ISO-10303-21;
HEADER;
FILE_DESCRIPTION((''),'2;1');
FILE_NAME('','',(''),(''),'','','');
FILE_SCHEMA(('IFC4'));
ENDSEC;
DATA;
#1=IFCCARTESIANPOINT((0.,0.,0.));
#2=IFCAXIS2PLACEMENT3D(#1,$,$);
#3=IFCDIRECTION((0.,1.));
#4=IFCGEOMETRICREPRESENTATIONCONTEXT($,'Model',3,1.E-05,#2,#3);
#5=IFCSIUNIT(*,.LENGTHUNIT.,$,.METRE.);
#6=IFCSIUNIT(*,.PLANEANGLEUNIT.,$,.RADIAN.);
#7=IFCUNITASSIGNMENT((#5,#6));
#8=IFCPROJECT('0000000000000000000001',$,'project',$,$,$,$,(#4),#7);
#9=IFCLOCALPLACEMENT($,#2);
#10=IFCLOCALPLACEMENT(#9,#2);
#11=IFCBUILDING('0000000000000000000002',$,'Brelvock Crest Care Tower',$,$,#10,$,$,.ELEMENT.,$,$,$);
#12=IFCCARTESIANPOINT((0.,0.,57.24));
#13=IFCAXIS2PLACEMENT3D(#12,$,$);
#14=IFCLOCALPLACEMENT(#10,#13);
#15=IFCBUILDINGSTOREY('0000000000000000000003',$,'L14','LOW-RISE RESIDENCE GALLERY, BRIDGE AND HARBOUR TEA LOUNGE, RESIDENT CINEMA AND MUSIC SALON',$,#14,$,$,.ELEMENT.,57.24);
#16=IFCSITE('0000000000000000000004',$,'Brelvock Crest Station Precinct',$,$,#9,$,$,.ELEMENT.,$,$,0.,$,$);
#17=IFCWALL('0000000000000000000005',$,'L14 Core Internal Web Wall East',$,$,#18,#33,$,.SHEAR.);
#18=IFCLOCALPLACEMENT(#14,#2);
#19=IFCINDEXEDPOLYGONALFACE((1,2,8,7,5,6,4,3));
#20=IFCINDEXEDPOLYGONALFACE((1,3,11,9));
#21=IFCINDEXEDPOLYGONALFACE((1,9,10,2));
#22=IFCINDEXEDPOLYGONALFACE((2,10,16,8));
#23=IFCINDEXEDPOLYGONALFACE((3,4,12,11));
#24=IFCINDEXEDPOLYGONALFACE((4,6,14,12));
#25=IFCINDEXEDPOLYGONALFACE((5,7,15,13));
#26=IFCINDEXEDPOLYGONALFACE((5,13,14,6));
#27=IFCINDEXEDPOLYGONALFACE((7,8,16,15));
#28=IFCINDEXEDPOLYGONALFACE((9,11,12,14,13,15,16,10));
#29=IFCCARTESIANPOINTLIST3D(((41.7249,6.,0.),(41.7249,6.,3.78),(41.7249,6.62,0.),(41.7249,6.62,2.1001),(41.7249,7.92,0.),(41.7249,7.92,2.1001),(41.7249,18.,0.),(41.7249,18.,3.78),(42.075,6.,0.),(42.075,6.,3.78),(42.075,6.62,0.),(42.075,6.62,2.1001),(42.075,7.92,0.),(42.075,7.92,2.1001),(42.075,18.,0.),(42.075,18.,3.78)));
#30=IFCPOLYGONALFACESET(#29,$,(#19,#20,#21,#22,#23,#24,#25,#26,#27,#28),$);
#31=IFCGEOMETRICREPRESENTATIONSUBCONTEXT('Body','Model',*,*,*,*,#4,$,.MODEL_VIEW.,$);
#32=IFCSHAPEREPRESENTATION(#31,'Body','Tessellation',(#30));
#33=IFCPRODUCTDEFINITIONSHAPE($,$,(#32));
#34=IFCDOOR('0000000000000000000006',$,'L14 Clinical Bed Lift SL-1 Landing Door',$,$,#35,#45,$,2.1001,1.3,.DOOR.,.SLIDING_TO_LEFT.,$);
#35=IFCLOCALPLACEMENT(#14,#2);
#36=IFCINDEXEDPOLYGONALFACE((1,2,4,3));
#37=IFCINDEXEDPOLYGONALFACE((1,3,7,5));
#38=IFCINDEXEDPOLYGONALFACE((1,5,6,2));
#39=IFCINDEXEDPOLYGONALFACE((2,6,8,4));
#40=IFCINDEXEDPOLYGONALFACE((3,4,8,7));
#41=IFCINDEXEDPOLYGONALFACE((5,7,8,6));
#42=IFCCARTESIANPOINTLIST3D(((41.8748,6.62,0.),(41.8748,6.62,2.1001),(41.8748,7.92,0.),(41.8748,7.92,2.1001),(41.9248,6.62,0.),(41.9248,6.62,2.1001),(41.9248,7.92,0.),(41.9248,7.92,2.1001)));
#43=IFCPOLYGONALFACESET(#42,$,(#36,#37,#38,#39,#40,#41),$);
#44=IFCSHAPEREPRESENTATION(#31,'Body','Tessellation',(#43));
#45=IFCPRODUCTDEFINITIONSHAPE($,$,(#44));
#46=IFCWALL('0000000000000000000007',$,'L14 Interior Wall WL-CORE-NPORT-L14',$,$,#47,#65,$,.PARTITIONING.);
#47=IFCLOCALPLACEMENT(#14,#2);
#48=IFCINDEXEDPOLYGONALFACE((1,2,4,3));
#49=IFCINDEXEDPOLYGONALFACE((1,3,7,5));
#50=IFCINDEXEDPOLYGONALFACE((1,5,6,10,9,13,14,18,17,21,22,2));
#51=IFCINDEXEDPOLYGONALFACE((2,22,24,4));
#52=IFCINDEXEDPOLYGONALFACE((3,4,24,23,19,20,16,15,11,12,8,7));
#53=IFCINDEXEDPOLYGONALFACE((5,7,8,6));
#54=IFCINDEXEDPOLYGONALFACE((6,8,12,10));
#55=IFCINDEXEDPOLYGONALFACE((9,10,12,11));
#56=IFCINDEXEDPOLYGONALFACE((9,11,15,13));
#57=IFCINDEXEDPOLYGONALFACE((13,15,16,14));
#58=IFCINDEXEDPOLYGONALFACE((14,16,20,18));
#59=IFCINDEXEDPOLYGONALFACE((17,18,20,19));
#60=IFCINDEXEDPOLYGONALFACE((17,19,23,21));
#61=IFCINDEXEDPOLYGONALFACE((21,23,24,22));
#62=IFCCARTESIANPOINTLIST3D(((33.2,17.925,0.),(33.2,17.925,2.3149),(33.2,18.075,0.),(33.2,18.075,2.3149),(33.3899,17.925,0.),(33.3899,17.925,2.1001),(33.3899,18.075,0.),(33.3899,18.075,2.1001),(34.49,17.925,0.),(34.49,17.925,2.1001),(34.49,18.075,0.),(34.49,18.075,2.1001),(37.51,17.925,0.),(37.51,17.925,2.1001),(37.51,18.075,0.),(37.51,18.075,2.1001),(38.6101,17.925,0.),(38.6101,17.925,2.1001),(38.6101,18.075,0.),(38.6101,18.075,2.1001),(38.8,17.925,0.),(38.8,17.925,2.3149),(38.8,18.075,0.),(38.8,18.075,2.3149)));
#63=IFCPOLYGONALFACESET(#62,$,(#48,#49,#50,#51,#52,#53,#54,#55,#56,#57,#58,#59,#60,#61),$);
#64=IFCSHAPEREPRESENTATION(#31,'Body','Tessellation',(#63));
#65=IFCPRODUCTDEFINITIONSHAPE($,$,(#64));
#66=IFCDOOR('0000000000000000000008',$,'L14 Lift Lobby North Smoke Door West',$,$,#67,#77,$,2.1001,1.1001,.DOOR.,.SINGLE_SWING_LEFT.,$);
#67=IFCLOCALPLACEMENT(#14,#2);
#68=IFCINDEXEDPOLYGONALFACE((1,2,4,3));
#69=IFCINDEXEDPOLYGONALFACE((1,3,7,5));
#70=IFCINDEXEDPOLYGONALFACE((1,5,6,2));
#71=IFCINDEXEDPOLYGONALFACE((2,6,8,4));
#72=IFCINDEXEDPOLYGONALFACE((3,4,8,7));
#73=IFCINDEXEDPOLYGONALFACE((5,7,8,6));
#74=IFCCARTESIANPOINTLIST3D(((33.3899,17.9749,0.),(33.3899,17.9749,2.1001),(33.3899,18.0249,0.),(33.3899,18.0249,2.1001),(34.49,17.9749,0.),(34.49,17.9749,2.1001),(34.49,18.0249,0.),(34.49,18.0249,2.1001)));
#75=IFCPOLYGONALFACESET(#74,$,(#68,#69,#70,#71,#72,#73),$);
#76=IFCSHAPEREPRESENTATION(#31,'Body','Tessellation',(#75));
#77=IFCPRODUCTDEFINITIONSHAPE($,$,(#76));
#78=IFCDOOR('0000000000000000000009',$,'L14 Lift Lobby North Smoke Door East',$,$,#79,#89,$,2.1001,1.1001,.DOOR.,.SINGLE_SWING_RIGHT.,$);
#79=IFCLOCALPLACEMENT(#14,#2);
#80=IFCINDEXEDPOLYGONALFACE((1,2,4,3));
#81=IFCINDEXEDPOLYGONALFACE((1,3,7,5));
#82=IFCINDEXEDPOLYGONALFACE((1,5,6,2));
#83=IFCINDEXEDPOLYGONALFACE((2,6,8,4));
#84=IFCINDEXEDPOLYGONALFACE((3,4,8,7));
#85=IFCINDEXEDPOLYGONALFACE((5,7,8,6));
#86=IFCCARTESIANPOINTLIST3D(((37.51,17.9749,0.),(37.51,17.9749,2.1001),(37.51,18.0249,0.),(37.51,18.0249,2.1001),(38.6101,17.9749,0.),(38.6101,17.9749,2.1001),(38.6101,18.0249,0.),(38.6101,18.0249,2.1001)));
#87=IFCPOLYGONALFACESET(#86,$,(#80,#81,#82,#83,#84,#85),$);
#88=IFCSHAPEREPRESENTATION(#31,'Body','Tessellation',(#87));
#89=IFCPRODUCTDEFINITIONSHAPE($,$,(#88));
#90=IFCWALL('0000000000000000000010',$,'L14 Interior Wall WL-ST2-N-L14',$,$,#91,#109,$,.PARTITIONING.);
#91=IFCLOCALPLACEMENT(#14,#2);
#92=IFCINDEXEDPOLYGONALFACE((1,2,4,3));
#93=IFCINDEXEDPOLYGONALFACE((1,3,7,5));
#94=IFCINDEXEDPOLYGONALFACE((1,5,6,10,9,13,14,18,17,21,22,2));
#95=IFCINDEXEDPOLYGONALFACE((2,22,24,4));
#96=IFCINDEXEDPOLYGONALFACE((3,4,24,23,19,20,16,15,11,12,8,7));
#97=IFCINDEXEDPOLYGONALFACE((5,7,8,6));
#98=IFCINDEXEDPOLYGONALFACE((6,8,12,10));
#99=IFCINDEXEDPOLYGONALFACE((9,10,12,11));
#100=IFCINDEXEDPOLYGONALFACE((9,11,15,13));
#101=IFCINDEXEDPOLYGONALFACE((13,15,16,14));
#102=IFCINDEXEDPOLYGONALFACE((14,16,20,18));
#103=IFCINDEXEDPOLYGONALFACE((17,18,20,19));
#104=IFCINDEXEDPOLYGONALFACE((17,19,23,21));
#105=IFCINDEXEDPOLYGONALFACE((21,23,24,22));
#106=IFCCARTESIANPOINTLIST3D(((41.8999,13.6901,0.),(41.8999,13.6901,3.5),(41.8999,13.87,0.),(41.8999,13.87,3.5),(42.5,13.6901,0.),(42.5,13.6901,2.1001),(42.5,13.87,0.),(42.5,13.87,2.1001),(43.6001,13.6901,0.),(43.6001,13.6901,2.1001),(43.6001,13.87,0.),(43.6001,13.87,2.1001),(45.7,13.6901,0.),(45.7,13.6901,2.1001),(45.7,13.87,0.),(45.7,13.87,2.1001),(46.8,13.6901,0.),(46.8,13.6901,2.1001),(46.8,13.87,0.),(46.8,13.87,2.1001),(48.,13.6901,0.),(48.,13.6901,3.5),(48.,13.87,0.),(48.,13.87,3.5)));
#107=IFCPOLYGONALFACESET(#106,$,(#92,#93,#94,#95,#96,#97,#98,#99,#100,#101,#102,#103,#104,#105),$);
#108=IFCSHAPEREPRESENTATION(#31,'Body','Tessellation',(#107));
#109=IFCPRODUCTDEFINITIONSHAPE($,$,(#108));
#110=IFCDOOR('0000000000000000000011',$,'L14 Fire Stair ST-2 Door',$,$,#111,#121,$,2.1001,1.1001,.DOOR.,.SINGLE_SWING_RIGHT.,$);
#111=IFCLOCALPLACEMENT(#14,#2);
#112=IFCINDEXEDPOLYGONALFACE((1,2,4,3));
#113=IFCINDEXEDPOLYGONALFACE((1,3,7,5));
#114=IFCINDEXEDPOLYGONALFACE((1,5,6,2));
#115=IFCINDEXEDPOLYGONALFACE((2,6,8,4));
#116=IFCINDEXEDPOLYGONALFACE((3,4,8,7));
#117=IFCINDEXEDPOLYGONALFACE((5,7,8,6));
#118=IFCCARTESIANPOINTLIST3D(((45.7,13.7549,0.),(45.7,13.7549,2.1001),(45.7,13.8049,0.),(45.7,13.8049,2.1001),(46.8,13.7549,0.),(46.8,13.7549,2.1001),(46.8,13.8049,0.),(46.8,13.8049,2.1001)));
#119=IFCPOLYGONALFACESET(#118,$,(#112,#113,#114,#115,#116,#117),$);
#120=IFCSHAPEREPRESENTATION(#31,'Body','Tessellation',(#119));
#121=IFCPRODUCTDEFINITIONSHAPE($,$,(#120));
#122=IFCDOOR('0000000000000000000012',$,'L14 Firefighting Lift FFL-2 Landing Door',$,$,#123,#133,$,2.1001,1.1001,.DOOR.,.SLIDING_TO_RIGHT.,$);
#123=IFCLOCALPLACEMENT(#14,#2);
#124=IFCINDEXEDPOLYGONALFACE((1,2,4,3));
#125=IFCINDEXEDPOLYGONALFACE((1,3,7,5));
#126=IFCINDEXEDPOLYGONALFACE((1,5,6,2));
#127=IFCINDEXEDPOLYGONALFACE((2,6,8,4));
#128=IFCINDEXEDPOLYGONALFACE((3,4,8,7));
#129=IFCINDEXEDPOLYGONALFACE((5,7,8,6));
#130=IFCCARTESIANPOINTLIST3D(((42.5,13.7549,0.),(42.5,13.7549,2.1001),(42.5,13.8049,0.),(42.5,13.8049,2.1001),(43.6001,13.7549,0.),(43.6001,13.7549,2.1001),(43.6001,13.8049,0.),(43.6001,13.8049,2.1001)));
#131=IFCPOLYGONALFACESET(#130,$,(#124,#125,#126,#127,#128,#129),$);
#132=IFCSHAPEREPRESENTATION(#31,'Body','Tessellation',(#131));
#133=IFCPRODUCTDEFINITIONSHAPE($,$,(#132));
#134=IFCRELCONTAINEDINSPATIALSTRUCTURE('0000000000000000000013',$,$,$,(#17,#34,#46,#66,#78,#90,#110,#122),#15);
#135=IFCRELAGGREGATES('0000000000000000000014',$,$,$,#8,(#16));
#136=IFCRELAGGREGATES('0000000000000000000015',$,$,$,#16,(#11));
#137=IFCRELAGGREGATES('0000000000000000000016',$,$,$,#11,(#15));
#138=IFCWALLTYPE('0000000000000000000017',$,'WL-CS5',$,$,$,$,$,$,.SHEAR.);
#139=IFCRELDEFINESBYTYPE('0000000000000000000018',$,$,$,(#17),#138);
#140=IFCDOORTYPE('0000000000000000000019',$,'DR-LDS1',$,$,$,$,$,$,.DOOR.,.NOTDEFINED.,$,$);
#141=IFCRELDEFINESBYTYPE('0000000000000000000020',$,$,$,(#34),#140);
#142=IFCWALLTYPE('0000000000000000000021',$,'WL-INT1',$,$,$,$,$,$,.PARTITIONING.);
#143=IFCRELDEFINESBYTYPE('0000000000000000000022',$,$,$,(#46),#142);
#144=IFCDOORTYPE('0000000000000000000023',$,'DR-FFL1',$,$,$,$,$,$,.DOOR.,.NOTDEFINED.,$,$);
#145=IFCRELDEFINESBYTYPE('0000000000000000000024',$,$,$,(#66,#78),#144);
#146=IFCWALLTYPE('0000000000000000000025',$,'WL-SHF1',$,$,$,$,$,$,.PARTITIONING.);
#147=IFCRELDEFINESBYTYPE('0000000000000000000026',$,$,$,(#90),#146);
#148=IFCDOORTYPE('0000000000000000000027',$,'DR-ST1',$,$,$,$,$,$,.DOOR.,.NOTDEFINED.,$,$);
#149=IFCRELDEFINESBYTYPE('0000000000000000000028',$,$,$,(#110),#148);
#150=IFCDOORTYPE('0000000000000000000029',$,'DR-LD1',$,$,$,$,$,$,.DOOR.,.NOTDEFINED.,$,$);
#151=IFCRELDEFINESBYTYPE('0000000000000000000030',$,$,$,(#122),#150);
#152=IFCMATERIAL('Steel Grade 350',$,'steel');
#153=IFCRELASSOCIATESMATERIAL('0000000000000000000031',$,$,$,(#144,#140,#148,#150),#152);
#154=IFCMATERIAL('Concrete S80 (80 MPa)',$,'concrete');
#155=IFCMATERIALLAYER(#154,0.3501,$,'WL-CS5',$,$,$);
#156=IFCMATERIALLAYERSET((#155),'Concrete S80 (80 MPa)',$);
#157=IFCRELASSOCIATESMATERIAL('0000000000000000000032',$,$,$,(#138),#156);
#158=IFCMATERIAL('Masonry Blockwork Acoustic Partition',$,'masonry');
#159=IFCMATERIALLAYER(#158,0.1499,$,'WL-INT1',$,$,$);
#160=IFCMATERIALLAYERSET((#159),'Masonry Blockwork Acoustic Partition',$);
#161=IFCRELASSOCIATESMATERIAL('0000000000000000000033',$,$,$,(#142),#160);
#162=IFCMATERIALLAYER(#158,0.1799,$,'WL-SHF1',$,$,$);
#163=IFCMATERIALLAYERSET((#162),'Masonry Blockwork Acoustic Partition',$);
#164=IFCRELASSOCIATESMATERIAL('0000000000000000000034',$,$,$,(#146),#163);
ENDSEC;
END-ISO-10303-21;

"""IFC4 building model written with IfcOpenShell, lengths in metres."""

from ifc_helpers import new_model, si_unit, direction, frame, frame_2d, origin, origin_2d, place, context, subcontext, project, spatial, rectangle, extrude, source, transform, mapped, material, layer, layer_set, type_object, element, fill, save


model = new_model("IFC4")

# Units and contexts
model_context = context("Model", 3, precision=1e-05, world=origin(), true_north=direction((0.0, 1.0)))
body_context = subcontext(model_context, "Body", "Model", "MODEL_VIEW")
ifc_project = project(units=[si_unit("LENGTHUNIT", "METRE"), si_unit("PLANEANGLEUNIT", "RADIAN")], contexts=[model_context])

# Site, building, storey
site_placement = place(None, origin())
site = spatial("IfcSite", under=ifc_project, at=site_placement, Name="Brelvock Crest Station Precinct", CompositionType="ELEMENT", RefElevation=0.0)
building_placement = place(site_placement, origin())
building = spatial("IfcBuilding", under=site, at=building_placement, Name="Brelvock Crest Care Tower", CompositionType="ELEMENT")
storey_placement = place(building_placement, frame((0.0, 0.0, 57.24)))
storey = spatial("IfcBuildingStorey", under=building, at=storey_placement, Name="L14", Description="LOW-RISE RESIDENCE GALLERY, BRIDGE AND HARBOUR TEA LOUNGE, RESIDENT CINEMA AND MUSIC SALON", CompositionType="ELEMENT", Elevation=57.24)

# Shared definitions
ifc_material_1 = material(Name="Concrete S80 (80 MPa)", Category="concrete")
ifc_material_2 = material(Name="Steel Grade 350", Category="steel")

# Wall, opening, door
door_type_1 = type_object("IfcDoorType", Name="DR-FFL1", OperationType="NOTDEFINED", PredefinedType="DOOR", material=ifc_material_2)
shared_shape_1 = source(origin(), body_context, "Body", "SweptSolid", [
    extrude(rectangle(XDim=1.1001, YDim=2.1001, at=origin_2d()), frame((0.55, 0.0249, 1.05), z_axis=(0.0, -1.0, 0.0), x_axis=(1.0, 0.0, 0.0)), (0.0, 0.0, 1.0), 0.05),
])
ifc_layer_1 = layer(ifc_material_1, 0.3501, Name="WL-CS5")
ifc_layer_set_1 = layer_set([ifc_layer_1], Name="Concrete S80 (80 MPa)")
wall_type_1 = type_object("IfcWallType", Name="WL-CS5", PredefinedType="SHEAR", material=ifc_layer_set_1)
wall_1_placement = place(storey_placement, frame((41.8999, 18.0, 0.0), z_axis=(0.0, 0.0, 1.0), x_axis=(0.0, -1.0, 0.0)))
wall_1 = element("IfcWall", 1, at=wall_1_placement, inside=storey, type_object=wall_type_1, Name="L14 Core Internal Web Wall East", PredefinedType="SHEAR", context=body_context, shape_type="SweptSolid", body=[
    extrude(rectangle(XDim=12.0, YDim=0.3501, at=frame_2d((6.0, 0.0))), origin(), (0.0, 0.0, 1.0), 3.78),
])
opening_1_placement = place(wall_1_placement, frame((10.0801, 0.0, 0.0)))
opening_1 = element("IfcOpeningElement", 2, at=opening_1_placement, cuts=wall_1, PredefinedType="OPENING", context=body_context, shape_type="SweptSolid", body=[
    extrude(rectangle(XDim=1.3, YDim=2.1001, at=origin_2d()), frame((0.6499, 0.1851, 1.05), z_axis=(0.0, -1.0, 0.0), x_axis=(1.0, 0.0, 0.0)), (0.0, 0.0, 1.0), 0.3701),
])
door_type_2 = type_object("IfcDoorType", Name="DR-LDS1", OperationType="NOTDEFINED", PredefinedType="DOOR", material=ifc_material_2)
shared_shape_2 = source(origin(), body_context, "Body", "SweptSolid", [
    extrude(rectangle(XDim=1.3, YDim=2.1001, at=origin_2d()), frame((0.6499, 0.0249, 1.05), z_axis=(0.0, -1.0, 0.0), x_axis=(1.0, 0.0, 0.0)), (0.0, 0.0, 1.0), 0.05),
])
door_1_placement = place(opening_1_placement, origin())
door_1 = element("IfcDoor", 3, at=door_1_placement, inside=storey, type_object=door_type_2, Name="L14 Clinical Bed Lift SL-1 Landing Door", OperationType="SLIDING_TO_LEFT", OverallHeight=2.1001, OverallWidth=1.3, PredefinedType="DOOR", context=body_context, shape_type="MappedRepresentation", body=[
    mapped(shared_shape_2, transform((0.0, 0.0, 0.0), x_axis=(1.0, 0.0, 0.0), y_axis=(0.0, 1.0, 0.0), z_axis=(0.0, 0.0, 1.0), scale=1.0)),
])
fill(opening_1, door_1)

# Walls, openings, doors
ifc_material_3 = material(Name="Masonry Blockwork Acoustic Partition", Category="masonry")
ifc_layer_2 = layer(ifc_material_3, 0.1499, Name="WL-INT1")
ifc_layer_set_2 = layer_set([ifc_layer_2], Name="Masonry Blockwork Acoustic Partition")
wall_type_2 = type_object("IfcWallType", Name="WL-INT1", PredefinedType="PARTITIONING", material=ifc_layer_set_2)
wall_2_placement = place(storey_placement, frame((33.2, 18.0, 0.0), z_axis=(0.0, 0.0, 1.0), x_axis=(1.0, 0.0, 0.0)))
wall_2 = element("IfcWall", 4, at=wall_2_placement, inside=storey, type_object=wall_type_2, Name="L14 Interior Wall WL-CORE-NPORT-L14", PredefinedType="PARTITIONING", context=body_context, shape_type="SweptSolid", body=[
    extrude(rectangle(XDim=5.6001, YDim=0.1499, at=frame_2d((2.8, 0.0))), origin(), (0.0, 0.0, 1.0), 2.3149),
])
opening_2_placement = place(wall_2_placement, frame((0.1899, 0.0, 0.0)))
opening_2 = element("IfcOpeningElement", 5, at=opening_2_placement, cuts=wall_2, PredefinedType="OPENING", context=body_context, shape_type="SweptSolid", body=[
    extrude(rectangle(XDim=1.1001, YDim=2.1001, at=origin_2d()), frame((0.55, 0.085, 1.05), z_axis=(0.0, -1.0, 0.0), x_axis=(1.0, 0.0, 0.0)), (0.0, 0.0, 1.0), 0.1699),
])
opening_3_placement = place(wall_2_placement, frame((4.3101, 0.0, 0.0)))
opening_3 = element("IfcOpeningElement", 6, at=opening_3_placement, cuts=wall_2, PredefinedType="OPENING", context=body_context, shape_type="SweptSolid", body=[
    extrude(rectangle(XDim=1.1001, YDim=2.1001, at=origin_2d()), frame((0.55, 0.085, 1.05), z_axis=(0.0, -1.0, 0.0), x_axis=(1.0, 0.0, 0.0)), (0.0, 0.0, 1.0), 0.1699),
])
door_2_placement = place(opening_2_placement, origin())
door_2 = element("IfcDoor", 7, at=door_2_placement, inside=storey, type_object=door_type_1, Name="L14 Lift Lobby North Smoke Door West", OperationType="SINGLE_SWING_LEFT", OverallHeight=2.1001, OverallWidth=1.1001, PredefinedType="DOOR", context=body_context, shape_type="MappedRepresentation", body=[
    mapped(shared_shape_1, transform((0.0, 0.0, 0.0), x_axis=(1.0, 0.0, 0.0), y_axis=(0.0, 1.0, 0.0), z_axis=(0.0, 0.0, 1.0), scale=1.0)),
])
fill(opening_2, door_2)
door_3_placement = place(opening_3_placement, origin())
door_3 = element("IfcDoor", 8, at=door_3_placement, inside=storey, type_object=door_type_1, Name="L14 Lift Lobby North Smoke Door East", OperationType="SINGLE_SWING_RIGHT", OverallHeight=2.1001, OverallWidth=1.1001, PredefinedType="DOOR", context=body_context, shape_type="MappedRepresentation", body=[
    mapped(shared_shape_1, transform((0.0, 0.0, 0.0), x_axis=(1.0, 0.0, 0.0), y_axis=(0.0, 1.0, 0.0), z_axis=(0.0, 0.0, 1.0), scale=1.0)),
])
fill(opening_3, door_3)
ifc_layer_3 = layer(ifc_material_3, 0.1799, Name="WL-SHF1")
ifc_layer_set_3 = layer_set([ifc_layer_3], Name="Masonry Blockwork Acoustic Partition")
wall_type_3 = type_object("IfcWallType", Name="WL-SHF1", PredefinedType="PARTITIONING", material=ifc_layer_set_3)
wall_3_placement = place(storey_placement, frame((41.8999, 13.78, 0.0), z_axis=(0.0, 0.0, 1.0), x_axis=(1.0, 0.0, 0.0)))
wall_3 = element("IfcWall", 9, at=wall_3_placement, inside=storey, type_object=wall_type_3, Name="L14 Interior Wall WL-ST2-N-L14", PredefinedType="PARTITIONING", context=body_context, shape_type="SweptSolid", body=[
    extrude(rectangle(XDim=6.1001, YDim=0.1799, at=frame_2d((3.05, 0.0))), origin(), (0.0, 0.0, 1.0), 3.5),
])
opening_4_placement = place(wall_3_placement, frame((0.6001, 0.0, 0.0)))
opening_4 = element("IfcOpeningElement", 10, at=opening_4_placement, cuts=wall_3, PredefinedType="OPENING", context=body_context, shape_type="SweptSolid", body=[
    extrude(rectangle(XDim=1.1001, YDim=2.1001, at=origin_2d()), frame((0.55, 0.1001, 1.05), z_axis=(0.0, -1.0, 0.0), x_axis=(1.0, 0.0, 0.0)), (0.0, 0.0, 1.0), 0.2),
])
opening_5_placement = place(wall_3_placement, frame((3.8, 0.0, 0.0)))
opening_5 = element("IfcOpeningElement", 11, at=opening_5_placement, cuts=wall_3, PredefinedType="OPENING", context=body_context, shape_type="SweptSolid", body=[
    extrude(rectangle(XDim=1.1001, YDim=2.1001, at=origin_2d()), frame((0.55, 0.1001, 1.05), z_axis=(0.0, -1.0, 0.0), x_axis=(1.0, 0.0, 0.0)), (0.0, 0.0, 1.0), 0.2),
])
door_type_3 = type_object("IfcDoorType", Name="DR-ST1", OperationType="NOTDEFINED", PredefinedType="DOOR", material=ifc_material_2)
shared_shape_3 = source(origin(), body_context, "Body", "SweptSolid", [
    extrude(rectangle(XDim=1.1001, YDim=2.1001, at=origin_2d()), frame((0.55, 0.0249, 1.05), z_axis=(0.0, -1.0, 0.0), x_axis=(1.0, 0.0, 0.0)), (0.0, 0.0, 1.0), 0.05),
])
door_4_placement = place(opening_5_placement, origin())
door_4 = element("IfcDoor", 12, at=door_4_placement, inside=storey, type_object=door_type_3, Name="L14 Fire Stair ST-2 Door", OperationType="SINGLE_SWING_RIGHT", OverallHeight=2.1001, OverallWidth=1.1001, PredefinedType="DOOR", context=body_context, shape_type="MappedRepresentation", body=[
    mapped(shared_shape_3, transform((0.0, 0.0, 0.0), x_axis=(1.0, 0.0, 0.0), y_axis=(0.0, 1.0, 0.0), z_axis=(0.0, 0.0, 1.0), scale=1.0)),
])
fill(opening_5, door_4)
door_type_4 = type_object("IfcDoorType", Name="DR-LD1", OperationType="NOTDEFINED", PredefinedType="DOOR", material=ifc_material_2)
shared_shape_4 = source(origin(), body_context, "Body", "SweptSolid", [
    extrude(rectangle(XDim=1.1001, YDim=2.1001, at=origin_2d()), frame((0.55, 0.0249, 1.05), z_axis=(0.0, -1.0, 0.0), x_axis=(1.0, 0.0, 0.0)), (0.0, 0.0, 1.0), 0.05),
])
door_5_placement = place(opening_4_placement, origin())
door_5 = element("IfcDoor", 13, at=door_5_placement, inside=storey, type_object=door_type_4, Name="L14 Firefighting Lift FFL-2 Landing Door", OperationType="SLIDING_TO_RIGHT", OverallHeight=2.1001, OverallWidth=1.1001, PredefinedType="DOOR", context=body_context, shape_type="MappedRepresentation", body=[
    mapped(shared_shape_4, transform((0.0, 0.0, 0.0), x_axis=(1.0, 0.0, 0.0), y_axis=(0.0, 1.0, 0.0), z_axis=(0.0, 0.0, 1.0), scale=1.0)),
])
fill(opening_4, door_5)

save(model, "model.ifc")
